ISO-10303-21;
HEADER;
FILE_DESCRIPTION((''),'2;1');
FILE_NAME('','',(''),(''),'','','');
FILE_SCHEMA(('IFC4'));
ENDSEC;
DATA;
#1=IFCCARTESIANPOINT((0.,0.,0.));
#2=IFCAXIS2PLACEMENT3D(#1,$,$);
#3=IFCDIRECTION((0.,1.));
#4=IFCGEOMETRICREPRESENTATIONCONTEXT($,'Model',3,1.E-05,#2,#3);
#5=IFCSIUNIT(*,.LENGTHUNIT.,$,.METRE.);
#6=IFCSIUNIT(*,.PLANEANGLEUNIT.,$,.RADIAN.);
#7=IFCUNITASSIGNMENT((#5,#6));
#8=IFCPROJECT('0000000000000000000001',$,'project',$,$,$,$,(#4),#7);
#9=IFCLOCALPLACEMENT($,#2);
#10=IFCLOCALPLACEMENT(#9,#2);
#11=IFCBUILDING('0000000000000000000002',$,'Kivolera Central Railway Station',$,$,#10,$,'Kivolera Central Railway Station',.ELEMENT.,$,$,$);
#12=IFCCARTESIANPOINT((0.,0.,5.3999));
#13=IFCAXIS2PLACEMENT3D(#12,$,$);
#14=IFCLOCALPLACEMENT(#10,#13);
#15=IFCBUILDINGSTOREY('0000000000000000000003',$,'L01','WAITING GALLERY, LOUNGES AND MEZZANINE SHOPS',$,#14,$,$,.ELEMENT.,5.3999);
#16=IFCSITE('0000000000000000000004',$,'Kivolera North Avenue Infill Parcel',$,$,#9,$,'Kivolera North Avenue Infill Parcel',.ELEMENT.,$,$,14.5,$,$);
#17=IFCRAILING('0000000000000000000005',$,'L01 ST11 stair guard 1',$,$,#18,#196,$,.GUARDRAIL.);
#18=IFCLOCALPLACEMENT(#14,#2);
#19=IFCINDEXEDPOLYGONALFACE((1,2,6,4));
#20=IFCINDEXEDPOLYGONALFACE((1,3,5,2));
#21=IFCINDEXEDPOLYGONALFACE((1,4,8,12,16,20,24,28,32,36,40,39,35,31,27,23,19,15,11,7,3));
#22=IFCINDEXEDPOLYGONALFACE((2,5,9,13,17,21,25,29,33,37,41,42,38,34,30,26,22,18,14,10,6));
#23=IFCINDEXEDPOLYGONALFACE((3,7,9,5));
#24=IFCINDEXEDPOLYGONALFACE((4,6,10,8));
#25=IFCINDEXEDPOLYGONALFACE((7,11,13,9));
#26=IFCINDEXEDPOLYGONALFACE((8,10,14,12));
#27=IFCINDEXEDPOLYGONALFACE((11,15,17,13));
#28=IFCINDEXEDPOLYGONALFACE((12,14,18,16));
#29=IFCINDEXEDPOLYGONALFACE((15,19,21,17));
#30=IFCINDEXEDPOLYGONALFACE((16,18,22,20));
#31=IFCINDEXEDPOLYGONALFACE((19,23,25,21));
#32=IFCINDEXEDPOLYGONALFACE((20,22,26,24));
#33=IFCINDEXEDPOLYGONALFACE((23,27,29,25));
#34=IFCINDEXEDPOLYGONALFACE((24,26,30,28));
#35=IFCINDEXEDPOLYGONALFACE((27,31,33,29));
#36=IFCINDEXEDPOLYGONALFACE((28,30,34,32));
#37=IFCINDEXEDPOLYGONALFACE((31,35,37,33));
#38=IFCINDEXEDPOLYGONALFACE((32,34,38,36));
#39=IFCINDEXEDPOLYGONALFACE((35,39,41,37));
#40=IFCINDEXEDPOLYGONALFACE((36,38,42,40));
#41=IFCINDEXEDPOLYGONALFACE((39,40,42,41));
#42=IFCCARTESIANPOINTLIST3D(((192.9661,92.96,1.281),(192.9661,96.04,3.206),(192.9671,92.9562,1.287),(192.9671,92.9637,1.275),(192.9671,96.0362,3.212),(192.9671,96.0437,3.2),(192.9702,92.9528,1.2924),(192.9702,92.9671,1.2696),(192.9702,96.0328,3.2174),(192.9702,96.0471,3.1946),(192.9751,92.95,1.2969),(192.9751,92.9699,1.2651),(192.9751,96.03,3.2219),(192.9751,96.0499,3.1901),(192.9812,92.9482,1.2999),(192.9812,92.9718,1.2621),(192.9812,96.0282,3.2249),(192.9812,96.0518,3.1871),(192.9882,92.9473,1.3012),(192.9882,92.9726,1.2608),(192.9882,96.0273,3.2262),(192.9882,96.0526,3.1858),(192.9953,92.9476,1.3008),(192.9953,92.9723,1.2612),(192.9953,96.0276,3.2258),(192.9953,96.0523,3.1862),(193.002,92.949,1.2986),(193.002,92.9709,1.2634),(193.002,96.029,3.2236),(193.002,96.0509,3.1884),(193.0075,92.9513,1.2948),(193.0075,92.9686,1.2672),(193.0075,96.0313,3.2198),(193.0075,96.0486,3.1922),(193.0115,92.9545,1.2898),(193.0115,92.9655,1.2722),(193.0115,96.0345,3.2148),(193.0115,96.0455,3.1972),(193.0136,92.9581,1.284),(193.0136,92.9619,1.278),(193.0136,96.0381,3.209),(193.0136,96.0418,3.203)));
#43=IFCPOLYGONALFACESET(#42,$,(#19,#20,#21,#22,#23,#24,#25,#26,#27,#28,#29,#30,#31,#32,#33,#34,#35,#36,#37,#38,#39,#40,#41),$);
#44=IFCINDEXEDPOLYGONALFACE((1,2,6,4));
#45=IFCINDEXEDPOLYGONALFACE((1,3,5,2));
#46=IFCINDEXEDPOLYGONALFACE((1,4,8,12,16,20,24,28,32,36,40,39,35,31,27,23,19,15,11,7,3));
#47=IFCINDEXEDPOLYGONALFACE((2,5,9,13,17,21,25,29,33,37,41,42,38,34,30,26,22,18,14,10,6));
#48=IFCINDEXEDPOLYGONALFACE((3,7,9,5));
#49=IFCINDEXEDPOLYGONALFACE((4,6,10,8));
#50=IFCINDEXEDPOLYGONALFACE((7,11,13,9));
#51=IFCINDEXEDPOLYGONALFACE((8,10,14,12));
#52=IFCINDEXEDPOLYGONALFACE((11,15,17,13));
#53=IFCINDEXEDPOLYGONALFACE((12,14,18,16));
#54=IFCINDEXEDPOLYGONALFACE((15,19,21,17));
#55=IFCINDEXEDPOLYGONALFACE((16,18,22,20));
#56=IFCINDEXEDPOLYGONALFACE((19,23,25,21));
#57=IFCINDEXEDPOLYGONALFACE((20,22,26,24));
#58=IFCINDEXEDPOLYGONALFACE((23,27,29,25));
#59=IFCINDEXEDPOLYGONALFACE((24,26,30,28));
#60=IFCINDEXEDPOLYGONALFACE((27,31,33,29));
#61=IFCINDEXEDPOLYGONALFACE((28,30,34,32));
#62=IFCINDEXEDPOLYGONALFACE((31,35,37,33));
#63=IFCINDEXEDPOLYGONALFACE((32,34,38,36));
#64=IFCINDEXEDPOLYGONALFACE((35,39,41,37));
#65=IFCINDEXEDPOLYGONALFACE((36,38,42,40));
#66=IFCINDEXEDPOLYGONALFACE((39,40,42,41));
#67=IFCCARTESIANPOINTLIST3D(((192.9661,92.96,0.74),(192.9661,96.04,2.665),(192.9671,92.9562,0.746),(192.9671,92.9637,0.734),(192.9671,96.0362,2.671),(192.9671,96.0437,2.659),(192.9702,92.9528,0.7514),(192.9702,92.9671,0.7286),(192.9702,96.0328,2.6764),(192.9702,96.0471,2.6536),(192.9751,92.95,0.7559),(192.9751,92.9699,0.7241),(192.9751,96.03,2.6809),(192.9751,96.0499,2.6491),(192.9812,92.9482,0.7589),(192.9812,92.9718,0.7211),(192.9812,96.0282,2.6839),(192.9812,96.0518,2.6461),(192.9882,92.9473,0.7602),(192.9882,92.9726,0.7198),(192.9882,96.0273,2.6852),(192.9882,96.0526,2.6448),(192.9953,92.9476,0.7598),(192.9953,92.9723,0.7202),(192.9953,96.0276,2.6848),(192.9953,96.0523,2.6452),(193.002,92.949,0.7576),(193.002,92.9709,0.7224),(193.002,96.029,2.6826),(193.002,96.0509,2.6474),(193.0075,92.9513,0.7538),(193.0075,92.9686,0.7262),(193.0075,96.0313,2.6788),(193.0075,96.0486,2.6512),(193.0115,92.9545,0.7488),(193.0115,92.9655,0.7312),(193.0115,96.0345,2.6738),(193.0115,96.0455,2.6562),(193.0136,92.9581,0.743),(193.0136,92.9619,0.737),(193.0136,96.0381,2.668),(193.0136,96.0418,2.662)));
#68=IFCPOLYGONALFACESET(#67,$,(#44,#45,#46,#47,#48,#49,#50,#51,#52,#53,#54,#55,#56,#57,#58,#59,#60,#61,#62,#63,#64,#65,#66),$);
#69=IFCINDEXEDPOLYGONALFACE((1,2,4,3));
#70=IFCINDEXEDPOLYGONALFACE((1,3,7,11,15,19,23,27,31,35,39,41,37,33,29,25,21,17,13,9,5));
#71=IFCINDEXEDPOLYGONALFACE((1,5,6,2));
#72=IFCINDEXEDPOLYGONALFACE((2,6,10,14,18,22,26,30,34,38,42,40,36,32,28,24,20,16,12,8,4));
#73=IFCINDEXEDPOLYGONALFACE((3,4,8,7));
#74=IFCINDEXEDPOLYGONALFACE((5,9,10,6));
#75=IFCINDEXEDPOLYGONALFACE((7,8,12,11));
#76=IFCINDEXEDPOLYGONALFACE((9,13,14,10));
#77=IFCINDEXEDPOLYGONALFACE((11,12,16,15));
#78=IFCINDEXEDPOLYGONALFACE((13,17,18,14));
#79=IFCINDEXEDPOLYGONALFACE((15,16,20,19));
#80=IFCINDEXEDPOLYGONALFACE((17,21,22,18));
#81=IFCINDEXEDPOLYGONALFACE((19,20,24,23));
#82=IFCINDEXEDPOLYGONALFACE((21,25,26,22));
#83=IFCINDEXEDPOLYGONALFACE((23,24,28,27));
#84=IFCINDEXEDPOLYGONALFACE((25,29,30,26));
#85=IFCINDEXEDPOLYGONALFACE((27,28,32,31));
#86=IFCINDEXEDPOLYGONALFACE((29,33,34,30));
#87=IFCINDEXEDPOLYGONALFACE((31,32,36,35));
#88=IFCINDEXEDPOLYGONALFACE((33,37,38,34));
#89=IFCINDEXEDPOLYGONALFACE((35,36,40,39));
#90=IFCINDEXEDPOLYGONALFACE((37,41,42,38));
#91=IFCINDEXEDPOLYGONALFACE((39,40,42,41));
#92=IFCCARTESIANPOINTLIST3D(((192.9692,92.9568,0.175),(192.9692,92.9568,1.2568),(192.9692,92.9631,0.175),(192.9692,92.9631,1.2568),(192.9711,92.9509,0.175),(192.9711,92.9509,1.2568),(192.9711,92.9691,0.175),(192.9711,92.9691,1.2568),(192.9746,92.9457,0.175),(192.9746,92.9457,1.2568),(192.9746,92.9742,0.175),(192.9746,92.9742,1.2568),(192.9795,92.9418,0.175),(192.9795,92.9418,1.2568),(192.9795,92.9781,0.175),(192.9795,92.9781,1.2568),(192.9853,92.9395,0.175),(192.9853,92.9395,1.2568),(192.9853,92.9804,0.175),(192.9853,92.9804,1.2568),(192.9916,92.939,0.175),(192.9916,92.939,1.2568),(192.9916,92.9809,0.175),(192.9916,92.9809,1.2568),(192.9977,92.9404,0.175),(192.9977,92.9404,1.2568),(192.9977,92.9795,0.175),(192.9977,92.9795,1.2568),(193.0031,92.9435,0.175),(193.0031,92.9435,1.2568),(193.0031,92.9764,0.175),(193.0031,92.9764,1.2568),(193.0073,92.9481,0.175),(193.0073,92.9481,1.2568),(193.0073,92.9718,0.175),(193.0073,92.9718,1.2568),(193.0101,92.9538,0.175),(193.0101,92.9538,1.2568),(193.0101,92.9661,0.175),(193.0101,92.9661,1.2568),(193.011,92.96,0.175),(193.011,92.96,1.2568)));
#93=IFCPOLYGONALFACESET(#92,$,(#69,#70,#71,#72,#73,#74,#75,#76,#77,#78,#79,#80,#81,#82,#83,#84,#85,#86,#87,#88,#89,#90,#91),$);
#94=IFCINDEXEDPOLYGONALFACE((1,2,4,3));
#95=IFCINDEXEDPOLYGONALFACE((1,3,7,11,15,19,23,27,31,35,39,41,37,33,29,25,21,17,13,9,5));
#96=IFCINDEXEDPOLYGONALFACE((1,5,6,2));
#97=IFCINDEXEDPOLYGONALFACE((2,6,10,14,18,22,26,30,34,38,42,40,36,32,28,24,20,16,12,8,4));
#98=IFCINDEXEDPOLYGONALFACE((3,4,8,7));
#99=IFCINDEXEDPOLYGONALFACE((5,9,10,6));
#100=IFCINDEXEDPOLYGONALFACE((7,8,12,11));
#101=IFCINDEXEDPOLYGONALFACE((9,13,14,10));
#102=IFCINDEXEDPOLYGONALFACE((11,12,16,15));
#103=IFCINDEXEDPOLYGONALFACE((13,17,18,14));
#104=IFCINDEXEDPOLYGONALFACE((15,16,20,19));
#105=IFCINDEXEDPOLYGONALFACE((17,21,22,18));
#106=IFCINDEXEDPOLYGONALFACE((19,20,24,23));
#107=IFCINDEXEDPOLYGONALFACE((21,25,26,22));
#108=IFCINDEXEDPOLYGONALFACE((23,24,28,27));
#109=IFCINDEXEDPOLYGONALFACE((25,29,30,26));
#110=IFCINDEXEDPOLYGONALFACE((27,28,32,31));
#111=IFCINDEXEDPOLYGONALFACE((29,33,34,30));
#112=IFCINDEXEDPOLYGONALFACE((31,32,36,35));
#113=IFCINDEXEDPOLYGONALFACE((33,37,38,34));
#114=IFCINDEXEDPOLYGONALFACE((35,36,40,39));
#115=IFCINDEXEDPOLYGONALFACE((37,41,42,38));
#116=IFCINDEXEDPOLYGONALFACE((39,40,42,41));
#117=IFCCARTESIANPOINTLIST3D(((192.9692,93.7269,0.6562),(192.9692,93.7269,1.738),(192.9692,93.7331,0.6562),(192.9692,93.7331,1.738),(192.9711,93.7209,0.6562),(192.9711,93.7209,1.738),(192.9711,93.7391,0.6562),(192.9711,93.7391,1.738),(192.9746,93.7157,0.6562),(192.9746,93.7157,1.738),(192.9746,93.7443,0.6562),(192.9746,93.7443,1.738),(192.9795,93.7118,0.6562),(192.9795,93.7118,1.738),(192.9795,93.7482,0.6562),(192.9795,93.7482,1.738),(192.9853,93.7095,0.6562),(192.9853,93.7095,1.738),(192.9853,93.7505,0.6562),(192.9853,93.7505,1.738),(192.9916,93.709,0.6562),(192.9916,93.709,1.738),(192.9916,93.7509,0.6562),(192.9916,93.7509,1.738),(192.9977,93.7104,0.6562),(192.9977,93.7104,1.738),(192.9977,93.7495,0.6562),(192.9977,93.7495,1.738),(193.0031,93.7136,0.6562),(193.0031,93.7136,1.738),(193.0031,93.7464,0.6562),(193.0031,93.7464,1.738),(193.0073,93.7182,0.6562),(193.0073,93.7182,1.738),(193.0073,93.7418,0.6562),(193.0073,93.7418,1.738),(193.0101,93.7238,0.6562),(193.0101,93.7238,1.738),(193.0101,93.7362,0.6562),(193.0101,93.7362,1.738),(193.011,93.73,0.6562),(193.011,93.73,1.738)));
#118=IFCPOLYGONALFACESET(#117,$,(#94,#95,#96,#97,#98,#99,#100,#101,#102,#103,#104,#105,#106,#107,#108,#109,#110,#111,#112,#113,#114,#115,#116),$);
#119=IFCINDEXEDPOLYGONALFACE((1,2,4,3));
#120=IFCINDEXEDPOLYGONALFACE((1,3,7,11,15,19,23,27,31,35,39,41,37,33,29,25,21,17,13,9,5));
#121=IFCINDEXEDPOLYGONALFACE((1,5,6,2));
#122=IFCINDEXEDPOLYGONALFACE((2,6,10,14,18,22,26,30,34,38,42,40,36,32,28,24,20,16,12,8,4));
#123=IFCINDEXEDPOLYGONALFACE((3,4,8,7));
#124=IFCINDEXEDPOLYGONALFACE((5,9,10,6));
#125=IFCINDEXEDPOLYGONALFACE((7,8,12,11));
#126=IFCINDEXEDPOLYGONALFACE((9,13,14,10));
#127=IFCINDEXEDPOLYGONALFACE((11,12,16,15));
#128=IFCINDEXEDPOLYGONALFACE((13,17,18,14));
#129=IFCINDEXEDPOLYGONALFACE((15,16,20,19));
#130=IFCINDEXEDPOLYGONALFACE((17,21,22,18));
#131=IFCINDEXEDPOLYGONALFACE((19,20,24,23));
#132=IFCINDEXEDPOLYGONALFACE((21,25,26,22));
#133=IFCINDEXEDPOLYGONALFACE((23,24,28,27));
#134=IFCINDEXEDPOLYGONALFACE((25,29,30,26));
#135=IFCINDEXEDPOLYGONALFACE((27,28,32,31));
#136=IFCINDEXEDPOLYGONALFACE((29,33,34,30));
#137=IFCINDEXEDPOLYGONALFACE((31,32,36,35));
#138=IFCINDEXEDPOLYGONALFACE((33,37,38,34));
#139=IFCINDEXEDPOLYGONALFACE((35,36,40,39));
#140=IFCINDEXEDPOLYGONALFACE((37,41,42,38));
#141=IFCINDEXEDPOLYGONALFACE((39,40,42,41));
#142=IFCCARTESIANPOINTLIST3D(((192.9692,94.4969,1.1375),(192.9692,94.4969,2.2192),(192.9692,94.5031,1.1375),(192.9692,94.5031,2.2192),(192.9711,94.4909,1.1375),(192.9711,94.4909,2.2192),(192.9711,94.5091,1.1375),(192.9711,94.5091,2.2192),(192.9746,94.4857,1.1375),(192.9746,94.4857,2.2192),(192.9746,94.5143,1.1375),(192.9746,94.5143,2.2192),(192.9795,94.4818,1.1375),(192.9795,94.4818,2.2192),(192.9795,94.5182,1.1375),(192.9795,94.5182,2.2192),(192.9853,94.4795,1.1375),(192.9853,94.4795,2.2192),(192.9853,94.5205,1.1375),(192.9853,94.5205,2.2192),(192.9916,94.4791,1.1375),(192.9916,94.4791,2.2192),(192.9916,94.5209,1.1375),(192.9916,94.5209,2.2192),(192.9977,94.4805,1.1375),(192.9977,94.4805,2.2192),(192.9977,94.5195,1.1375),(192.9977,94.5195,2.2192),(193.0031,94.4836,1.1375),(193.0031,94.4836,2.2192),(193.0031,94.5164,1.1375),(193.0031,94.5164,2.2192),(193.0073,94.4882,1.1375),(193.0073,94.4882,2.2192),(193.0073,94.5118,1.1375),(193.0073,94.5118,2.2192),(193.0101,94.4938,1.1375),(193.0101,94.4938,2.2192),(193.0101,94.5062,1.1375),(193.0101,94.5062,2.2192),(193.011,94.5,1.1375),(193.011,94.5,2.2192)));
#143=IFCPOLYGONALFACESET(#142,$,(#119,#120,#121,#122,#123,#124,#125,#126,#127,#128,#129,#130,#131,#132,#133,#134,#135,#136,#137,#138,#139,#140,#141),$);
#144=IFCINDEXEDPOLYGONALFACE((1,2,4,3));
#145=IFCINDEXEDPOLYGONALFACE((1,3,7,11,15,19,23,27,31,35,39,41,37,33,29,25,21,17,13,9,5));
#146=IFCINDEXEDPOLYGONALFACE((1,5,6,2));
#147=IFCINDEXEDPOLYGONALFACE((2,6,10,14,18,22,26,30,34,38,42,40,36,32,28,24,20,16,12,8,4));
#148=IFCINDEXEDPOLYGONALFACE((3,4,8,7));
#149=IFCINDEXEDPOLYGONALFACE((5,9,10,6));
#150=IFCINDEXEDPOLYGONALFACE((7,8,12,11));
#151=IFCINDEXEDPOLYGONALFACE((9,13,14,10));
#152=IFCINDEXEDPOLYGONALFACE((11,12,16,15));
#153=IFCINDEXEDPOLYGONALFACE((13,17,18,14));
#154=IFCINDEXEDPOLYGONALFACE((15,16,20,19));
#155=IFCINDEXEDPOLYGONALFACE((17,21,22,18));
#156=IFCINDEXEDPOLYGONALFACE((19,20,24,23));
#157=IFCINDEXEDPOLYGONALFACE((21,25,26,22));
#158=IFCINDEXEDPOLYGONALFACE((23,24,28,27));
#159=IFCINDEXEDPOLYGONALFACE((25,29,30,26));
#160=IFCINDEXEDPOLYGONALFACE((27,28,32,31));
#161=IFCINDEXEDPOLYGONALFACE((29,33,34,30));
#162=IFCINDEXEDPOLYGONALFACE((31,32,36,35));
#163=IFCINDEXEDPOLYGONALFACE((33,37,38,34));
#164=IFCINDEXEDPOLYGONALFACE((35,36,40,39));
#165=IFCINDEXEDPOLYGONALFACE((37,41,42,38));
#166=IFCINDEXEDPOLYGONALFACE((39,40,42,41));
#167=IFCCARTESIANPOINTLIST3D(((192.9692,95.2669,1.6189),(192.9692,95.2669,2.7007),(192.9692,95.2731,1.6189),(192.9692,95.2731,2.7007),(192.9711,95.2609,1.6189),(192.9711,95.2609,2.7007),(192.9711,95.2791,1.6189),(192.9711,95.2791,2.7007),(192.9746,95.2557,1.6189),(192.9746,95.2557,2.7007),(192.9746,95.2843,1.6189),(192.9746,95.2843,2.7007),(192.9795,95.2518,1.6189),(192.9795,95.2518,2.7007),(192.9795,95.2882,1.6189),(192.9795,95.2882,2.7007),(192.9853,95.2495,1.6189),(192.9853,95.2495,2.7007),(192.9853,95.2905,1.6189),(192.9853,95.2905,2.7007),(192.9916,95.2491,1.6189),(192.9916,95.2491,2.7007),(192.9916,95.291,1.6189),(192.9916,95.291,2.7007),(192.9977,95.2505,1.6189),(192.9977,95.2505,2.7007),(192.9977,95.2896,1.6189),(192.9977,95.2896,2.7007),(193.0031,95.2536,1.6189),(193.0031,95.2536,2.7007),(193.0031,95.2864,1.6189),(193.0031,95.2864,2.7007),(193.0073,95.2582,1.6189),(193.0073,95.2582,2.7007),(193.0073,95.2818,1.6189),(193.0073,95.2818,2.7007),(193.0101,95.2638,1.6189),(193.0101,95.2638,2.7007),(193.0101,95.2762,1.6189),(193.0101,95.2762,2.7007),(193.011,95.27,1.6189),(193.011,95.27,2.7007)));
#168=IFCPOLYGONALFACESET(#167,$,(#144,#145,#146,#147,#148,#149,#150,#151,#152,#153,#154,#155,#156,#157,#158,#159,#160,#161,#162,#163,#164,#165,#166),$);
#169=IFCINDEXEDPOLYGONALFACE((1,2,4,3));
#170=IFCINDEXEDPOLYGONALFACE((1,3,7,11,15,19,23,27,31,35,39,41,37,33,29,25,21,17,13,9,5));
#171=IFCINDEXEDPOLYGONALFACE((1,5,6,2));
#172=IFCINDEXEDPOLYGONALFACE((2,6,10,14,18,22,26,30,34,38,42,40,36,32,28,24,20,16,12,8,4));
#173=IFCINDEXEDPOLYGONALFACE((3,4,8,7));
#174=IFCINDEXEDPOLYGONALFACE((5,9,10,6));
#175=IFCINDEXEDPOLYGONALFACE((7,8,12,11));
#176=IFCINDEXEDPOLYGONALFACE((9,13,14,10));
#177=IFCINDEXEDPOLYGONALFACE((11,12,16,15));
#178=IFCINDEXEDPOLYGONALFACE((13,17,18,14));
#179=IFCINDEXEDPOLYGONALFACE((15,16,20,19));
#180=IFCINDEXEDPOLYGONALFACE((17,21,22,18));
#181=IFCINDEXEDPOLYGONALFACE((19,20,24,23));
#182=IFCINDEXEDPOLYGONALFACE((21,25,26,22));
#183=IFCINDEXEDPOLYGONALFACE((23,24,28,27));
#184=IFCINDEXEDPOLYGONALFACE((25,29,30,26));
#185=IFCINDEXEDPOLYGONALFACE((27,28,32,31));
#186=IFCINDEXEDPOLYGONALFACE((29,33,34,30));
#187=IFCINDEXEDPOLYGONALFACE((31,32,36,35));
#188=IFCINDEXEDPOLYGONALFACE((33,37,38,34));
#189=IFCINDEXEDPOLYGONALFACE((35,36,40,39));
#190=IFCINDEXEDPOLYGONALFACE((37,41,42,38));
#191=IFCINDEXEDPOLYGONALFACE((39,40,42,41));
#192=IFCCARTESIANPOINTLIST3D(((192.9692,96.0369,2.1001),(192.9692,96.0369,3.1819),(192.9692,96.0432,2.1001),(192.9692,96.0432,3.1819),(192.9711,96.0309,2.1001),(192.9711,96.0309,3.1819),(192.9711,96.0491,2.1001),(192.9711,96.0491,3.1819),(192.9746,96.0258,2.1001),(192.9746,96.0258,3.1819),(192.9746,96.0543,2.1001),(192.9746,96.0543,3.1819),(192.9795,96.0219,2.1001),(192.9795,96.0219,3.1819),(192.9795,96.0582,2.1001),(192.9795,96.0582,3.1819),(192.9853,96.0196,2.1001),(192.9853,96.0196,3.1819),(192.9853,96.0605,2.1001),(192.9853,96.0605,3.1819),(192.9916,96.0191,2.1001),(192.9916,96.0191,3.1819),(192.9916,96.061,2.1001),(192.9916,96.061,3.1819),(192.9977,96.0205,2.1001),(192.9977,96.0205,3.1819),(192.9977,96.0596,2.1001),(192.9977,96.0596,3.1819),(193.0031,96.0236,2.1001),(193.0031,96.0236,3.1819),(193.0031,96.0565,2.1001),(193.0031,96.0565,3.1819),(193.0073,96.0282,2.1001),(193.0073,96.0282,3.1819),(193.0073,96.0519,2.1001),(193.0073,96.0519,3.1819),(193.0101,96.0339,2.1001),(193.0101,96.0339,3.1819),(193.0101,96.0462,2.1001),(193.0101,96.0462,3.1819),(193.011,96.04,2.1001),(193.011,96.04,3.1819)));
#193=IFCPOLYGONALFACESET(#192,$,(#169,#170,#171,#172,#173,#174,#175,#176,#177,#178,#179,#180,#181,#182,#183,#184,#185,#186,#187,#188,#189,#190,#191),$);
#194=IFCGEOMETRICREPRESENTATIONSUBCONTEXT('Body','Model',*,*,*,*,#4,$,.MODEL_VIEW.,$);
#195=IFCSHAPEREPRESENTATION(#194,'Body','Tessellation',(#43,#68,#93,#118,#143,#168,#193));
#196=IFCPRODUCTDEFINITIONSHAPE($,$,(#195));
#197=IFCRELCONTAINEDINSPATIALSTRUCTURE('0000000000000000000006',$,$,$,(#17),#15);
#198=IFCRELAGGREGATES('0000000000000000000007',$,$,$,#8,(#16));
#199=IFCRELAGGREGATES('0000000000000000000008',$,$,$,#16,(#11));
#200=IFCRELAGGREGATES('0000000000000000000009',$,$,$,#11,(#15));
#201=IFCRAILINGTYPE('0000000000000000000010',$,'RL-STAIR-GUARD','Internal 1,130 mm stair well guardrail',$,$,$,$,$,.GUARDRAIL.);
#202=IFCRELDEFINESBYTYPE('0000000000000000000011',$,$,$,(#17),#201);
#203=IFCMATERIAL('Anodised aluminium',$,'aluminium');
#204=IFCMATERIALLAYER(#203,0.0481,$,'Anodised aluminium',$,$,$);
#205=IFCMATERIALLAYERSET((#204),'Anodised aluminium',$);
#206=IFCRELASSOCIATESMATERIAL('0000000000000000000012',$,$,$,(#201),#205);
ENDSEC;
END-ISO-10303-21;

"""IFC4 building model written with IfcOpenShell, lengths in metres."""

from ifc_helpers import new_model, si_unit, direction, frame, origin, origin_2d, place, context, subcontext, project, spatial, circle, extrude, material, layer, layer_set, type_object, element, save


model = new_model("IFC4")

# Units and contexts
model_context = context("Model", 3, precision=1e-05, world=origin(), true_north=direction((0.0, 1.0)))
body_context = subcontext(model_context, "Body", "Model", "MODEL_VIEW")
ifc_project = project(units=[si_unit("LENGTHUNIT", "METRE"), si_unit("PLANEANGLEUNIT", "RADIAN")], contexts=[model_context])

# Site, building, storey
site_placement = place(None, origin())
site = spatial("IfcSite", under=ifc_project, at=site_placement, Name="Kivolera North Avenue Infill Parcel", LongName="Kivolera North Avenue Infill Parcel", CompositionType="ELEMENT", RefElevation=14.5)
building_placement = place(site_placement, origin())
building = spatial("IfcBuilding", under=site, at=building_placement, Name="Kivolera Central Railway Station", LongName="Kivolera Central Railway Station", CompositionType="ELEMENT")
storey_placement = place(building_placement, frame((0.0, 0.0, 5.3999)))
storey = spatial("IfcBuildingStorey", under=building, at=storey_placement, Name="L01", Description="WAITING GALLERY, LOUNGES AND MEZZANINE SHOPS", CompositionType="ELEMENT", Elevation=5.3999)

# Shared definitions
ifc_material_1 = material(Name="Anodised aluminium", Category="aluminium")

# Railing
ifc_layer_1 = layer(ifc_material_1, 0.0481, Name="Anodised aluminium")
ifc_layer_set_1 = layer_set([ifc_layer_1], Name="Anodised aluminium")
railing_type_1 = type_object("IfcRailingType", Name="RL-STAIR-GUARD", Description="Internal 1,130 mm stair well guardrail", PredefinedType="GUARDRAIL", material=ifc_layer_set_1)
railing_1_placement = place(storey_placement, frame((192.99, 92.96, 0.175)))
element("IfcRailing", 1, at=railing_1_placement, inside=storey, type_object=railing_type_1, Name="L01 ST11 stair guard 1", PredefinedType="GUARDRAIL", context=body_context, shape_type="SweptSolid", body=[
    extrude(circle(Radius=0.0239, at=origin_2d()), frame((0.0, 0.0, 1.106), z_axis=(0.0, 0.847998, 0.529999), x_axis=(-1.0, 0.0, 0.0)), (0.0, 0.0, 1.0), 3.6321),
    extrude(circle(Radius=0.0239, at=origin_2d()), frame((0.0, 0.0, 0.5649), z_axis=(0.0, 0.847998, 0.529999), x_axis=(-1.0, 0.0, 0.0)), (0.0, 0.0, 1.0), 3.6321),
    extrude(circle(Radius=0.021, at=origin_2d()), origin(), (0.0, 0.0, 1.0), 1.0818),
    extrude(circle(Radius=0.021, at=origin_2d()), frame((0.0, 0.77, 0.4812)), (0.0, 0.0, 1.0), 1.0818),
    extrude(circle(Radius=0.021, at=origin_2d()), frame((0.0, 1.54, 0.9624)), (0.0, 0.0, 1.0), 1.0818),
    extrude(circle(Radius=0.021, at=origin_2d()), frame((0.0, 2.3101, 1.4438)), (0.0, 0.0, 1.0), 1.0818),
    extrude(circle(Radius=0.021, at=origin_2d()), frame((0.0, 3.0801, 1.925)), (0.0, 0.0, 1.0), 1.0818),
])

save(model, "model.ifc")
